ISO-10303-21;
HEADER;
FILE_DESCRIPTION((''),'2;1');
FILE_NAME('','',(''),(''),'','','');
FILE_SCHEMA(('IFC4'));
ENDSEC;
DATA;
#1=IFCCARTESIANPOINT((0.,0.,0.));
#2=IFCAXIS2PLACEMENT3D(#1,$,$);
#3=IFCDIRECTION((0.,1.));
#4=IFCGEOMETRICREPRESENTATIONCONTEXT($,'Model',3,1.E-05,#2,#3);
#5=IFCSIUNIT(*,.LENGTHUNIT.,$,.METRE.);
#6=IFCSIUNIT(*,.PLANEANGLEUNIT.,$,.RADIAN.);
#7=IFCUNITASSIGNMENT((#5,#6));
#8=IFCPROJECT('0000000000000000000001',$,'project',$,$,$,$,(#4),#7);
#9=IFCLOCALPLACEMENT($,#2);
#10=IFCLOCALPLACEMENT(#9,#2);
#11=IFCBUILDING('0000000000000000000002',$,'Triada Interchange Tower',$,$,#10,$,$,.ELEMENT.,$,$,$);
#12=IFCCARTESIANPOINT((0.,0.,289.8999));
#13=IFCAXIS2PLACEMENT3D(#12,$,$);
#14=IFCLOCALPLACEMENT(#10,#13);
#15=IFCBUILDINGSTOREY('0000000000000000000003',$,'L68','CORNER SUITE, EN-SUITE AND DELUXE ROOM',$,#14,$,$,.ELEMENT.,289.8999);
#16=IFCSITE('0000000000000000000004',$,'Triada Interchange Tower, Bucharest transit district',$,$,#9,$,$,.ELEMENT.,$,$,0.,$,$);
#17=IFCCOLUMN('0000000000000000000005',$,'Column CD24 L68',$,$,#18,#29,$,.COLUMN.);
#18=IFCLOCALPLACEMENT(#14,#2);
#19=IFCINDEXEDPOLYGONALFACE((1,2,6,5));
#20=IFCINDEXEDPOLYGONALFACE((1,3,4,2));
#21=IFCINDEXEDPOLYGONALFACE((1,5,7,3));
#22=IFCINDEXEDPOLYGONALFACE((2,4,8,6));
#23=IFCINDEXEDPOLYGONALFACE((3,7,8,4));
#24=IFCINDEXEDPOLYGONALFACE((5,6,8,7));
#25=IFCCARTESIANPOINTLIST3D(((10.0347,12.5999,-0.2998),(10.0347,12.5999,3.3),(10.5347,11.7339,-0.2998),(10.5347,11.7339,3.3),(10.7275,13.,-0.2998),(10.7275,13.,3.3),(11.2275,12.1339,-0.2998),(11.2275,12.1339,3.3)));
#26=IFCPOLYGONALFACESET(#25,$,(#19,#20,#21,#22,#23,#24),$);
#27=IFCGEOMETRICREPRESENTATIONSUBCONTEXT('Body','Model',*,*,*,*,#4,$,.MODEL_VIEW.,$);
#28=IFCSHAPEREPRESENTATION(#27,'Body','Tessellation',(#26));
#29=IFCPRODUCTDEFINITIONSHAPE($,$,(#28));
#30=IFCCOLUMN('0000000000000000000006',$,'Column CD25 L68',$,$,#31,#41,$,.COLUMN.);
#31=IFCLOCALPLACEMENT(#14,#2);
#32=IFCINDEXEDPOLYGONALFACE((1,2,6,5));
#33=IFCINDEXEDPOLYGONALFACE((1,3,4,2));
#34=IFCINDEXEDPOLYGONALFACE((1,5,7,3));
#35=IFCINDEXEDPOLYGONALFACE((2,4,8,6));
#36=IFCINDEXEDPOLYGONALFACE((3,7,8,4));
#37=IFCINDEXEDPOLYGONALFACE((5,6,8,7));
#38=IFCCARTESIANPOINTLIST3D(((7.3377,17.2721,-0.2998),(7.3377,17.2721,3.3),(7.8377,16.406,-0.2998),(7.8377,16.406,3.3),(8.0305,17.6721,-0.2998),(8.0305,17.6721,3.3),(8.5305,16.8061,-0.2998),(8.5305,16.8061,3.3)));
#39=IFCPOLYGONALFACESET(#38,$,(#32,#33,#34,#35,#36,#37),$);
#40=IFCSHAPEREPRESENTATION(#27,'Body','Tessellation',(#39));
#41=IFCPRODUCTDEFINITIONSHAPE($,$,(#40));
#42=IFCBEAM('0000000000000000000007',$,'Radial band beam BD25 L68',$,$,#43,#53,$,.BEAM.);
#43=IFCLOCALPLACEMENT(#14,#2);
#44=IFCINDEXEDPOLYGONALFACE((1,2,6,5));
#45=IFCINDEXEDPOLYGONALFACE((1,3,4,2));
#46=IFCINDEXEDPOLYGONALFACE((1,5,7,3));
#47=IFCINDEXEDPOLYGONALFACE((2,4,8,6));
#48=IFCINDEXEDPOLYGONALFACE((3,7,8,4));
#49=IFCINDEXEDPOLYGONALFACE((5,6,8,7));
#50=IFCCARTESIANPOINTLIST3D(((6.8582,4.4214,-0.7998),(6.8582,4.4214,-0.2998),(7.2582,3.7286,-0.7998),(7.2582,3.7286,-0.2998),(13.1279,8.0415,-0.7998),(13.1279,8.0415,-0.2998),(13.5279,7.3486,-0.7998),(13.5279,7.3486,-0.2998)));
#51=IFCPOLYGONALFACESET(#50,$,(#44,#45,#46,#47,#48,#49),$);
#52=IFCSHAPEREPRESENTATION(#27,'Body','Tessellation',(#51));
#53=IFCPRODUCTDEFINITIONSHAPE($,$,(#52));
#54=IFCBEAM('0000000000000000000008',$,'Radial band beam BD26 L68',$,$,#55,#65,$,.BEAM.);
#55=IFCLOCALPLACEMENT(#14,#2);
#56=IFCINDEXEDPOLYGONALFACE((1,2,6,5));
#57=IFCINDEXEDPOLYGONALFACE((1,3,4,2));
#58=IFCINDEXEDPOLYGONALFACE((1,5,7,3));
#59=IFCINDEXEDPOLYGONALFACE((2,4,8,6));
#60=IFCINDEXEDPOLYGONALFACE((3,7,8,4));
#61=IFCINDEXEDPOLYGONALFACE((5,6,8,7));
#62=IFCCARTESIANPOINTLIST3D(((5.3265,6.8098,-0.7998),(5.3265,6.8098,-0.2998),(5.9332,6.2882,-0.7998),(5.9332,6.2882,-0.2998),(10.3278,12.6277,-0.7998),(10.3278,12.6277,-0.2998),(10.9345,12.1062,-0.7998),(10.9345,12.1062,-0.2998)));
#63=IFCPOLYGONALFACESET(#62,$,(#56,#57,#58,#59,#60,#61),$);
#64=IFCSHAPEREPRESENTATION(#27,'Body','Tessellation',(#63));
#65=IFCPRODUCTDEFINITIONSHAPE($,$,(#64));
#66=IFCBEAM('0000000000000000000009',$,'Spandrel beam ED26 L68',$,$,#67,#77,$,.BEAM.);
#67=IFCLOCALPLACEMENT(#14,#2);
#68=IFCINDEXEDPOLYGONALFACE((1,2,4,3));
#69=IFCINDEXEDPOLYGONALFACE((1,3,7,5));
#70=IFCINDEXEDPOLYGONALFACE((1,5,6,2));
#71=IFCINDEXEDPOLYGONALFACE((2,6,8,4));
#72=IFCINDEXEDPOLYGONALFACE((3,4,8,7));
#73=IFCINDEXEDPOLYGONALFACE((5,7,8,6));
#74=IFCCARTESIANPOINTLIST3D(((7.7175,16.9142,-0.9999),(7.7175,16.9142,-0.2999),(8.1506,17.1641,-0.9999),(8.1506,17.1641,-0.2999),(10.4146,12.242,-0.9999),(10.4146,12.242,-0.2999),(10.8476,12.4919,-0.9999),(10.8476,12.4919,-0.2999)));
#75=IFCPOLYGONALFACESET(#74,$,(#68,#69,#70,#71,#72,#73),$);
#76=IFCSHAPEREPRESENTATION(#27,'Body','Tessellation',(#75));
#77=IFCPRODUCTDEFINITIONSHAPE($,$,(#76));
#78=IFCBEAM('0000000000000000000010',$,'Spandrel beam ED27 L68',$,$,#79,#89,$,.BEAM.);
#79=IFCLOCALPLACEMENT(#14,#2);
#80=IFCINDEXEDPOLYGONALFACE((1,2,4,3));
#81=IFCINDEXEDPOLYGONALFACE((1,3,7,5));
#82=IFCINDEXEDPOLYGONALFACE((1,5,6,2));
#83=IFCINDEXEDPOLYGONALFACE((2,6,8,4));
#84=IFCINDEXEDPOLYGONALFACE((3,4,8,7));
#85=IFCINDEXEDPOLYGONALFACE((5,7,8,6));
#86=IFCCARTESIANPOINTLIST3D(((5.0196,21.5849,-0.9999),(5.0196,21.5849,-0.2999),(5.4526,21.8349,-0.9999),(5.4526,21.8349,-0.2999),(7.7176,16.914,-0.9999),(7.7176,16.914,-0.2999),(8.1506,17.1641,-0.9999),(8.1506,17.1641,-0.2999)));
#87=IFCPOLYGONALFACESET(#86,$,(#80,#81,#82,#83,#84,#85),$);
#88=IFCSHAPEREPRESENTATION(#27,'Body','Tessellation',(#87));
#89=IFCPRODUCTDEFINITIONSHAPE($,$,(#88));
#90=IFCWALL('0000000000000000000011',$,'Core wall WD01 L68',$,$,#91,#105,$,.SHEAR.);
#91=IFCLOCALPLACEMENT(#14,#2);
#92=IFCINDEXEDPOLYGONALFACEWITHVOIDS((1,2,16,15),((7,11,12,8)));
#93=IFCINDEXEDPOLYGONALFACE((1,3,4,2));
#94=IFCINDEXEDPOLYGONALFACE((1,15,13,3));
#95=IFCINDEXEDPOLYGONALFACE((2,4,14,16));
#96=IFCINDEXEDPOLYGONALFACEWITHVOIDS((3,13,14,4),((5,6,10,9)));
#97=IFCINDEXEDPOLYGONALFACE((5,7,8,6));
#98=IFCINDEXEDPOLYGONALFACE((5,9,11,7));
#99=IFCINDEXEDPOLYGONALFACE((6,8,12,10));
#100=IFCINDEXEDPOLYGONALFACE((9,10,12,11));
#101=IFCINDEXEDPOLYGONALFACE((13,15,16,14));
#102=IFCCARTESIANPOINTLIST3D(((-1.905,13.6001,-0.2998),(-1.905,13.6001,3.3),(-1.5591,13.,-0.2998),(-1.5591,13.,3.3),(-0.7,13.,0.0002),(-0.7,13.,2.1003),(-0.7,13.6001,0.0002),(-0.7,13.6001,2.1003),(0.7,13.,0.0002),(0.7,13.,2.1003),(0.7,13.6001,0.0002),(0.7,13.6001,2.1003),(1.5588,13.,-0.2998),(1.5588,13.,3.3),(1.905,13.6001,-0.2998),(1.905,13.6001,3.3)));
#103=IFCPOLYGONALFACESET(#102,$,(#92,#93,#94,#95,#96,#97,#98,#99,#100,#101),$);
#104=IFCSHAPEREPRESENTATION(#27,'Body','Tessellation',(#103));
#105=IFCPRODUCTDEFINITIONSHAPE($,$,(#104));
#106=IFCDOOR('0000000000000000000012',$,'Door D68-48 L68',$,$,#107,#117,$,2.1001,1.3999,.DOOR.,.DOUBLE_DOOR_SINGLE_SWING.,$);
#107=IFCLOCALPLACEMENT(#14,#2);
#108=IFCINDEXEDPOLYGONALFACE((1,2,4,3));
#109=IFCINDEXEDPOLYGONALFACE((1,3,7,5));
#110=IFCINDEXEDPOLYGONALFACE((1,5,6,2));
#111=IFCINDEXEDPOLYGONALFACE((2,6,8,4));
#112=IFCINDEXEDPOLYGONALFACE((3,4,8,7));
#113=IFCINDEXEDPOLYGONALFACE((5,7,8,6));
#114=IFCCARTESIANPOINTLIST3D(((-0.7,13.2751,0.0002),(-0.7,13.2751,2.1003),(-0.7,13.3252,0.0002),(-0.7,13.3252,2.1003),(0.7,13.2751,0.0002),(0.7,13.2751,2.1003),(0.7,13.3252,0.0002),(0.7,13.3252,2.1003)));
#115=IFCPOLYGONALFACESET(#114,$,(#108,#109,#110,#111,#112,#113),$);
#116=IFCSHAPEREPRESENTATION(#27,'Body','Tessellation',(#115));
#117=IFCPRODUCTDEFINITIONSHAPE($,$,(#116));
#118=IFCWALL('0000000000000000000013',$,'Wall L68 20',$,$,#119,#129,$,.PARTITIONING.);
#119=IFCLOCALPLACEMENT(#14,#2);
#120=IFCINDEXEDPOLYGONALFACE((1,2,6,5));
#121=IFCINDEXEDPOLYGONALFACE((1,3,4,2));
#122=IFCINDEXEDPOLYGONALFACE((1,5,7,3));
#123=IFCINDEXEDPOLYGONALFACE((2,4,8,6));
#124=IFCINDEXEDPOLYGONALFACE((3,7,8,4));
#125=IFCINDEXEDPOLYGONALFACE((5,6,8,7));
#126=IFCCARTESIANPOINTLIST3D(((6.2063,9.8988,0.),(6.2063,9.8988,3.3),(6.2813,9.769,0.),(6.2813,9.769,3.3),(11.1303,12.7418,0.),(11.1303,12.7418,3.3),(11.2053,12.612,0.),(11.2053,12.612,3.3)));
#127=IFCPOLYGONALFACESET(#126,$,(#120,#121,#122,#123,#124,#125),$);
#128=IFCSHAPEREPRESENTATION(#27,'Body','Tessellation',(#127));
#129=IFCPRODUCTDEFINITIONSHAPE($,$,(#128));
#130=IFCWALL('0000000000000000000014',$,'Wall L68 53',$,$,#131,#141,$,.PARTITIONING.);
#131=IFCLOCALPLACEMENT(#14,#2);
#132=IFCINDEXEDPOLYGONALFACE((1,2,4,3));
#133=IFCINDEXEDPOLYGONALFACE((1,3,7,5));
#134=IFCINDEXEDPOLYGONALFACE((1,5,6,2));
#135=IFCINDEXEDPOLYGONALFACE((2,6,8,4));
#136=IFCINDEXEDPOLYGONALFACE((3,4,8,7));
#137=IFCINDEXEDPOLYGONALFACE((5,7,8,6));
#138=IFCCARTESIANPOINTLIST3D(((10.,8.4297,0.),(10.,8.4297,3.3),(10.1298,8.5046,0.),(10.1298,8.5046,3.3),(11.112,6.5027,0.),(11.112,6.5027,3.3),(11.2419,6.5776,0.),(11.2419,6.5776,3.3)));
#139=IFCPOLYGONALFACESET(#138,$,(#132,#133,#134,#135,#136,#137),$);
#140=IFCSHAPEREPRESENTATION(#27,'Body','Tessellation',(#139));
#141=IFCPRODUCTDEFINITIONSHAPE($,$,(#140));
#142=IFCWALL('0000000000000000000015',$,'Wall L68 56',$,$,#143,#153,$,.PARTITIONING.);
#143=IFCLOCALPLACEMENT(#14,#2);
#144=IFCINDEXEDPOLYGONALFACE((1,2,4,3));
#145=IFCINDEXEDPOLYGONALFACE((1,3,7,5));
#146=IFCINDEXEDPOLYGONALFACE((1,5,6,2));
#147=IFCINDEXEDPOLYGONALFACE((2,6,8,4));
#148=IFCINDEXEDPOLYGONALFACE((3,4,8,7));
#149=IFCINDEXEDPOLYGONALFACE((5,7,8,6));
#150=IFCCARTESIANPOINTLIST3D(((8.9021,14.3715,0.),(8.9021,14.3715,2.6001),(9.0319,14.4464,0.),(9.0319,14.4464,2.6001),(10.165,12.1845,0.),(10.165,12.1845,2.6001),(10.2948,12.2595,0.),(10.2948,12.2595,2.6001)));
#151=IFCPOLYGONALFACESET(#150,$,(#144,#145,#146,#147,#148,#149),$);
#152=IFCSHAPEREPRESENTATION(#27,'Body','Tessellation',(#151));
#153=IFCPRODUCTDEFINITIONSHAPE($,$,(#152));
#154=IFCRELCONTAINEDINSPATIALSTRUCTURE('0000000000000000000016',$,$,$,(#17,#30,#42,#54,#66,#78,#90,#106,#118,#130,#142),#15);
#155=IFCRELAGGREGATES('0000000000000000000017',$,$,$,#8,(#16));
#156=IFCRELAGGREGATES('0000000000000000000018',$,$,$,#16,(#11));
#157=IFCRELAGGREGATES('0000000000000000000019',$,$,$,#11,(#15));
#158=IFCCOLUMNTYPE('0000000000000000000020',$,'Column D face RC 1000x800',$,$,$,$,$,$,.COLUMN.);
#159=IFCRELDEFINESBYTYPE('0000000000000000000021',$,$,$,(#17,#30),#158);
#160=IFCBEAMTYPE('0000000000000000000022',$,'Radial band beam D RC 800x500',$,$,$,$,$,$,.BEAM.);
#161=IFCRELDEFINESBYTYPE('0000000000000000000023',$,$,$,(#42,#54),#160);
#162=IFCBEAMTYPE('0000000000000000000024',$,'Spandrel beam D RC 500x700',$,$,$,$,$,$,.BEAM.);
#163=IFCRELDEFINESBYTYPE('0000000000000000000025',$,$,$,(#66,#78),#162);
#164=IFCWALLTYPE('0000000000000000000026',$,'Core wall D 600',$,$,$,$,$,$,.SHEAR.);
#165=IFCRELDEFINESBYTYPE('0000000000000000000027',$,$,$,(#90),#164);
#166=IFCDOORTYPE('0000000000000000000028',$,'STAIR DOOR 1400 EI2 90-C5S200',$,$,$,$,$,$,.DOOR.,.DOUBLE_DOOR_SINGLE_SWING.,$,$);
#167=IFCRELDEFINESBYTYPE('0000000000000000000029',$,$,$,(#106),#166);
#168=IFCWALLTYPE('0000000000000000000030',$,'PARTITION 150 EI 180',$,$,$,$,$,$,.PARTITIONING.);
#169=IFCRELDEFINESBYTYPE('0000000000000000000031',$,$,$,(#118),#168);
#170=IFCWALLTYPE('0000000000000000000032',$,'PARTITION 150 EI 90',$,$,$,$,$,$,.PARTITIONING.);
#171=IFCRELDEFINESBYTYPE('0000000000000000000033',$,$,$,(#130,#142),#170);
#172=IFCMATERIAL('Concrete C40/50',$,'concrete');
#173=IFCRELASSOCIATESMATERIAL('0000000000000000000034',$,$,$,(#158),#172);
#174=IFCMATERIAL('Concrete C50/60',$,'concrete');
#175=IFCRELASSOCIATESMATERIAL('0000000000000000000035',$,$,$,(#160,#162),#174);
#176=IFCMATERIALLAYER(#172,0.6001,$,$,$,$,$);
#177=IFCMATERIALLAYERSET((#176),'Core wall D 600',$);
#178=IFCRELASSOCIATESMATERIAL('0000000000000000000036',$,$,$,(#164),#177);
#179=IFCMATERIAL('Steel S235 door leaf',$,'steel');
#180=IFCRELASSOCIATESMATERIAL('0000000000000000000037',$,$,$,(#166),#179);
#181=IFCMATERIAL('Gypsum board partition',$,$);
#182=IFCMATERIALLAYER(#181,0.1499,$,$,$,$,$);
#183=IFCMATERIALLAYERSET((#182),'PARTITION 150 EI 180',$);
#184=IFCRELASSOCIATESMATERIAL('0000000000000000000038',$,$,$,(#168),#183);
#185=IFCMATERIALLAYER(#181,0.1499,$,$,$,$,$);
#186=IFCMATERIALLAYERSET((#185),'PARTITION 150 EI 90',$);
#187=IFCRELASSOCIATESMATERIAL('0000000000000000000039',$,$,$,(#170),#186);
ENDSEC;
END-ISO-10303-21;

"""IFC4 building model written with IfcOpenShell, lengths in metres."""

from ifc_helpers import new_model, si_unit, direction, frame, frame_2d, origin, origin_2d, place, context, subcontext, project, spatial, polyline, rectangle, outline, extrude, material, layer, layer_set, material_profile, profile_set, type_object, element, fill, save


model = new_model("IFC4")

# Units and contexts
model_context = context("Model", 3, precision=1e-05, world=origin(), true_north=direction((0.0, 1.0)))
body_context = subcontext(model_context, "Body", "Model", "MODEL_VIEW")
ifc_project = project(units=[si_unit("LENGTHUNIT", "METRE"), si_unit("PLANEANGLEUNIT", "RADIAN")], contexts=[model_context])

# Site, building, storey
site_placement = place(None, origin())
site = spatial("IfcSite", under=ifc_project, at=site_placement, Name="Triada Interchange Tower, Bucharest transit district", CompositionType="ELEMENT", RefElevation=0.0)
building_placement = place(site_placement, origin())
building = spatial("IfcBuilding", under=site, at=building_placement, Name="Triada Interchange Tower", CompositionType="ELEMENT")
storey_placement = place(building_placement, frame((0.0, 0.0, 289.8999)))
storey = spatial("IfcBuildingStorey", under=building, at=storey_placement, Name="L68", Description="CORNER SUITE, EN-SUITE AND DELUXE ROOM", CompositionType="ELEMENT", Elevation=289.8999)

# Columns
ifc_material_1 = material(Name="Concrete C40/50", Category="concrete")
ifc_material_profile_1 = material_profile(ifc_material_1, rectangle(XDim=1.0, YDim=0.8, at=origin_2d()), Name="RC 1000x800")
ifc_profile_set_1 = profile_set([ifc_material_profile_1], Name="Concrete C40/50")
column_type = type_object("IfcColumnType", Name="Column D face RC 1000x800", PredefinedType="COLUMN", material=ifc_profile_set_1)
for number, where, z_axis, x_axis, name in (
    (1, (10.6311, 12.3669, -0.2998), (0.0, 0.0, 1.0), (-0.5, 0.866025, 0.0), "Column CD24 L68"),
    (2, (7.9341, 17.0391, -0.2998), (0.0, 0.0, 1.0), (-0.5, 0.866025, 0.0), "Column CD25 L68"),
):
    element("IfcColumn", number, at=place(storey_placement, frame(where, z_axis=z_axis, x_axis=x_axis)), inside=storey, type_object=column_type, Name=name, PredefinedType="COLUMN", context=body_context, shape_type="SweptSolid", body=[
        extrude(rectangle(XDim=1.0, YDim=0.8, at=origin_2d()), origin(), (0.0, 0.0, 1.0), 3.5999),
    ])

# Beams
ifc_material_2 = material(Name="Concrete C50/60", Category="concrete")
ifc_material_profile_2 = material_profile(ifc_material_2, rectangle(XDim=0.8, YDim=0.5, at=origin_2d()), Name="RC 800x500")
ifc_profile_set_2 = profile_set([ifc_material_profile_2], Name="Concrete C50/60")
beam_type_1 = type_object("IfcBeamType", Name="Radial band beam D RC 800x500", PredefinedType="BEAM", material=ifc_profile_set_2)
beam_1_placement = place(storey_placement, frame((13.3279, 7.6951, -0.5498), z_axis=(-0.86601, -0.500027, 0.0), x_axis=(0.500027, -0.86601, 0.0)))
element("IfcBeam", 3, at=beam_1_placement, inside=storey, type_object=beam_type_1, Name="Radial band beam BD25 L68", PredefinedType="BEAM", context=body_context, shape_type="SweptSolid", body=[
    extrude(rectangle(XDim=0.8, YDim=0.5, at=origin_2d()), origin(), (0.0, 0.0, 1.0), 7.2397),
])
beam_2_placement = place(storey_placement, frame((10.6311, 12.3669, -0.5498), z_axis=(-0.651878, -0.758324, 0.0), x_axis=(0.758324, -0.651878, 0.0)))
element("IfcBeam", 4, at=beam_2_placement, inside=storey, type_object=beam_type_1, Name="Radial band beam BD26 L68", PredefinedType="BEAM", context=body_context, shape_type="SweptSolid", body=[
    extrude(rectangle(XDim=0.8, YDim=0.5, at=origin_2d()), origin(), (0.0, 0.0, 1.0), 7.6721),
])
ifc_material_profile_3 = material_profile(ifc_material_2, rectangle(XDim=0.5, YDim=0.7, at=origin_2d()), Name="RC 500x700")
ifc_profile_set_3 = profile_set([ifc_material_profile_3], Name="Concrete C50/60")
beam_type_2 = type_object("IfcBeamType", Name="Spandrel beam D RC 500x700", PredefinedType="BEAM", material=ifc_profile_set_3)
beam_3_placement = place(storey_placement, frame((10.6311, 12.3669, -0.6499), z_axis=(-0.499941, 0.86606, 0.0), x_axis=(-0.86606, -0.499941, 0.0)))
element("IfcBeam", 5, at=beam_3_placement, inside=storey, type_object=beam_type_2, Name="Spandrel beam ED26 L68", PredefinedType="BEAM", context=body_context, shape_type="SweptSolid", body=[
    extrude(rectangle(XDim=0.5, YDim=0.7, at=origin_2d()), origin(), (0.0, 0.0, 1.0), 5.3948),
])
beam_4_placement = place(storey_placement, frame((7.9341, 17.0391, -0.6499), z_axis=(-0.500174, 0.865925, 0.0), x_axis=(-0.865925, -0.500174, 0.0)))
element("IfcBeam", 6, at=beam_4_placement, inside=storey, type_object=beam_type_2, Name="Spandrel beam ED27 L68", PredefinedType="BEAM", context=body_context, shape_type="SweptSolid", body=[
    extrude(rectangle(XDim=0.5, YDim=0.7, at=origin_2d()), origin(), (0.0, 0.0, 1.0), 5.394),
])

# Wall, opening, door
ifc_layer_1 = layer(ifc_material_1, 0.6001)
ifc_layer_set_1 = layer_set([ifc_layer_1], Name="Core wall D 600")
wall_type_1 = type_object("IfcWallType", Name="Core wall D 600", PredefinedType="SHEAR", material=ifc_layer_set_1)
wall_1_placement = place(storey_placement, frame((1.7319, 13.3, -0.2998), z_axis=(0.0, 0.0, 1.0), x_axis=(-1.0, 0.0, 0.0)))
wall_1 = element("IfcWall", 7, at=wall_1_placement, inside=storey, type_object=wall_type_1, Name="Core wall WD01 L68", PredefinedType="SHEAR", context=body_context, shape_type="SweptSolid", body=[
    extrude(outline(polyline([(-0.1731, -0.3), (1.7319, -0.3), (3.637, -0.3), (3.291, 0.3), (1.7319, 0.3), (0.1731, 0.3), (-0.1731, -0.3)])), origin(), (0.0, 0.0, 1.0), 3.5999),
])
opening_1_placement = place(wall_1_placement, frame((1.032, 0.0, 0.3)))
opening_1 = element("IfcOpeningElement", 8, at=opening_1_placement, cuts=wall_1, PredefinedType="OPENING", context=body_context, shape_type="SweptSolid", body=[
    extrude(rectangle(XDim=1.3999, YDim=2.1001, at=frame_2d((0.7, 1.05))), frame((0.0, 0.3101, 0.0), z_axis=(0.0, -1.0, 0.0), x_axis=(1.0, 0.0, 0.0)), (0.0, 0.0, 1.0), 0.6201),
])
ifc_material_3 = material(Name="Steel S235 door leaf", Category="steel")
door_type_1 = type_object("IfcDoorType", Name="STAIR DOOR 1400 EI2 90-C5S200", OperationType="DOUBLE_DOOR_SINGLE_SWING", PredefinedType="DOOR", material=ifc_material_3)
door_1_placement = place(opening_1_placement, origin())
door_1 = element("IfcDoor", 9, at=door_1_placement, inside=storey, type_object=door_type_1, Name="Door D68-48 L68", OperationType="DOUBLE_DOOR_SINGLE_SWING", OverallHeight=2.1001, OverallWidth=1.3999, PredefinedType="DOOR", context=body_context, shape_type="SweptSolid", body=[
    extrude(rectangle(XDim=1.3999, YDim=2.1001, at=frame_2d((0.7, 1.05))), frame((0.0, 0.0249, 0.0), z_axis=(0.0, -1.0, 0.0), x_axis=(1.0, 0.0, 0.0)), (0.0, 0.0, 1.0), 0.05),
])
fill(opening_1, door_1)

# Walls
ifc_material_4 = material(Name="Gypsum board partition")
ifc_layer_2 = layer(ifc_material_4, 0.1499)
ifc_layer_set_2 = layer_set([ifc_layer_2], Name="PARTITION 150 EI 180")
wall_type_2 = type_object("IfcWallType", Name="PARTITION 150 EI 180", PredefinedType="PARTITIONING", material=ifc_layer_set_2)
wall_2_placement = place(storey_placement, frame((6.2439, 9.834, 0.0), z_axis=(0.0, 0.0, 1.0), x_axis=(0.866018, 0.500014, 0.0)))
element("IfcWall", 10, at=wall_2_placement, inside=storey, type_object=wall_type_2, Name="Wall L68 20", PredefinedType="PARTITIONING", context=body_context, shape_type="SweptSolid", body=[
    extrude(rectangle(XDim=5.6858, YDim=0.1499, at=frame_2d((2.8428, 0.0))), origin(), (0.0, 0.0, 1.0), 3.3),
])
ifc_layer_3 = layer(ifc_material_4, 0.1499)
ifc_layer_set_3 = layer_set([ifc_layer_3], Name="PARTITION 150 EI 90")
wall_type_3 = type_object("IfcWallType", Name="PARTITION 150 EI 90", PredefinedType="PARTITIONING", material=ifc_layer_set_3)
wall_3_placement = place(storey_placement, frame((10.0649, 8.467, 0.0), z_axis=(0.0, 0.0, 1.0), x_axis=(0.499833, -0.866122, 0.0)))
element("IfcWall", 11, at=wall_3_placement, inside=storey, type_object=wall_type_3, Name="Wall L68 53", PredefinedType="PARTITIONING", context=body_context, shape_type="SweptSolid", body=[
    extrude(rectangle(XDim=2.2249, YDim=0.1499, at=frame_2d((1.1123, 0.0))), origin(), (0.0, 0.0, 1.0), 3.3),
])
wall_4_placement = place(storey_placement, frame((8.967, 14.4089, 0.0), z_axis=(0.0, 0.0, 1.0), x_axis=(0.500079, -0.86598, 0.0)))
element("IfcWall", 12, at=wall_4_placement, inside=storey, type_object=wall_type_3, Name="Wall L68 56", PredefinedType="PARTITIONING", context=body_context, shape_type="SweptSolid", body=[
    extrude(rectangle(XDim=2.5254, YDim=0.1499, at=frame_2d((1.2627, 0.0))), origin(), (0.0, 0.0, 1.0), 2.6001),
])

save(model, "model.ifc")
